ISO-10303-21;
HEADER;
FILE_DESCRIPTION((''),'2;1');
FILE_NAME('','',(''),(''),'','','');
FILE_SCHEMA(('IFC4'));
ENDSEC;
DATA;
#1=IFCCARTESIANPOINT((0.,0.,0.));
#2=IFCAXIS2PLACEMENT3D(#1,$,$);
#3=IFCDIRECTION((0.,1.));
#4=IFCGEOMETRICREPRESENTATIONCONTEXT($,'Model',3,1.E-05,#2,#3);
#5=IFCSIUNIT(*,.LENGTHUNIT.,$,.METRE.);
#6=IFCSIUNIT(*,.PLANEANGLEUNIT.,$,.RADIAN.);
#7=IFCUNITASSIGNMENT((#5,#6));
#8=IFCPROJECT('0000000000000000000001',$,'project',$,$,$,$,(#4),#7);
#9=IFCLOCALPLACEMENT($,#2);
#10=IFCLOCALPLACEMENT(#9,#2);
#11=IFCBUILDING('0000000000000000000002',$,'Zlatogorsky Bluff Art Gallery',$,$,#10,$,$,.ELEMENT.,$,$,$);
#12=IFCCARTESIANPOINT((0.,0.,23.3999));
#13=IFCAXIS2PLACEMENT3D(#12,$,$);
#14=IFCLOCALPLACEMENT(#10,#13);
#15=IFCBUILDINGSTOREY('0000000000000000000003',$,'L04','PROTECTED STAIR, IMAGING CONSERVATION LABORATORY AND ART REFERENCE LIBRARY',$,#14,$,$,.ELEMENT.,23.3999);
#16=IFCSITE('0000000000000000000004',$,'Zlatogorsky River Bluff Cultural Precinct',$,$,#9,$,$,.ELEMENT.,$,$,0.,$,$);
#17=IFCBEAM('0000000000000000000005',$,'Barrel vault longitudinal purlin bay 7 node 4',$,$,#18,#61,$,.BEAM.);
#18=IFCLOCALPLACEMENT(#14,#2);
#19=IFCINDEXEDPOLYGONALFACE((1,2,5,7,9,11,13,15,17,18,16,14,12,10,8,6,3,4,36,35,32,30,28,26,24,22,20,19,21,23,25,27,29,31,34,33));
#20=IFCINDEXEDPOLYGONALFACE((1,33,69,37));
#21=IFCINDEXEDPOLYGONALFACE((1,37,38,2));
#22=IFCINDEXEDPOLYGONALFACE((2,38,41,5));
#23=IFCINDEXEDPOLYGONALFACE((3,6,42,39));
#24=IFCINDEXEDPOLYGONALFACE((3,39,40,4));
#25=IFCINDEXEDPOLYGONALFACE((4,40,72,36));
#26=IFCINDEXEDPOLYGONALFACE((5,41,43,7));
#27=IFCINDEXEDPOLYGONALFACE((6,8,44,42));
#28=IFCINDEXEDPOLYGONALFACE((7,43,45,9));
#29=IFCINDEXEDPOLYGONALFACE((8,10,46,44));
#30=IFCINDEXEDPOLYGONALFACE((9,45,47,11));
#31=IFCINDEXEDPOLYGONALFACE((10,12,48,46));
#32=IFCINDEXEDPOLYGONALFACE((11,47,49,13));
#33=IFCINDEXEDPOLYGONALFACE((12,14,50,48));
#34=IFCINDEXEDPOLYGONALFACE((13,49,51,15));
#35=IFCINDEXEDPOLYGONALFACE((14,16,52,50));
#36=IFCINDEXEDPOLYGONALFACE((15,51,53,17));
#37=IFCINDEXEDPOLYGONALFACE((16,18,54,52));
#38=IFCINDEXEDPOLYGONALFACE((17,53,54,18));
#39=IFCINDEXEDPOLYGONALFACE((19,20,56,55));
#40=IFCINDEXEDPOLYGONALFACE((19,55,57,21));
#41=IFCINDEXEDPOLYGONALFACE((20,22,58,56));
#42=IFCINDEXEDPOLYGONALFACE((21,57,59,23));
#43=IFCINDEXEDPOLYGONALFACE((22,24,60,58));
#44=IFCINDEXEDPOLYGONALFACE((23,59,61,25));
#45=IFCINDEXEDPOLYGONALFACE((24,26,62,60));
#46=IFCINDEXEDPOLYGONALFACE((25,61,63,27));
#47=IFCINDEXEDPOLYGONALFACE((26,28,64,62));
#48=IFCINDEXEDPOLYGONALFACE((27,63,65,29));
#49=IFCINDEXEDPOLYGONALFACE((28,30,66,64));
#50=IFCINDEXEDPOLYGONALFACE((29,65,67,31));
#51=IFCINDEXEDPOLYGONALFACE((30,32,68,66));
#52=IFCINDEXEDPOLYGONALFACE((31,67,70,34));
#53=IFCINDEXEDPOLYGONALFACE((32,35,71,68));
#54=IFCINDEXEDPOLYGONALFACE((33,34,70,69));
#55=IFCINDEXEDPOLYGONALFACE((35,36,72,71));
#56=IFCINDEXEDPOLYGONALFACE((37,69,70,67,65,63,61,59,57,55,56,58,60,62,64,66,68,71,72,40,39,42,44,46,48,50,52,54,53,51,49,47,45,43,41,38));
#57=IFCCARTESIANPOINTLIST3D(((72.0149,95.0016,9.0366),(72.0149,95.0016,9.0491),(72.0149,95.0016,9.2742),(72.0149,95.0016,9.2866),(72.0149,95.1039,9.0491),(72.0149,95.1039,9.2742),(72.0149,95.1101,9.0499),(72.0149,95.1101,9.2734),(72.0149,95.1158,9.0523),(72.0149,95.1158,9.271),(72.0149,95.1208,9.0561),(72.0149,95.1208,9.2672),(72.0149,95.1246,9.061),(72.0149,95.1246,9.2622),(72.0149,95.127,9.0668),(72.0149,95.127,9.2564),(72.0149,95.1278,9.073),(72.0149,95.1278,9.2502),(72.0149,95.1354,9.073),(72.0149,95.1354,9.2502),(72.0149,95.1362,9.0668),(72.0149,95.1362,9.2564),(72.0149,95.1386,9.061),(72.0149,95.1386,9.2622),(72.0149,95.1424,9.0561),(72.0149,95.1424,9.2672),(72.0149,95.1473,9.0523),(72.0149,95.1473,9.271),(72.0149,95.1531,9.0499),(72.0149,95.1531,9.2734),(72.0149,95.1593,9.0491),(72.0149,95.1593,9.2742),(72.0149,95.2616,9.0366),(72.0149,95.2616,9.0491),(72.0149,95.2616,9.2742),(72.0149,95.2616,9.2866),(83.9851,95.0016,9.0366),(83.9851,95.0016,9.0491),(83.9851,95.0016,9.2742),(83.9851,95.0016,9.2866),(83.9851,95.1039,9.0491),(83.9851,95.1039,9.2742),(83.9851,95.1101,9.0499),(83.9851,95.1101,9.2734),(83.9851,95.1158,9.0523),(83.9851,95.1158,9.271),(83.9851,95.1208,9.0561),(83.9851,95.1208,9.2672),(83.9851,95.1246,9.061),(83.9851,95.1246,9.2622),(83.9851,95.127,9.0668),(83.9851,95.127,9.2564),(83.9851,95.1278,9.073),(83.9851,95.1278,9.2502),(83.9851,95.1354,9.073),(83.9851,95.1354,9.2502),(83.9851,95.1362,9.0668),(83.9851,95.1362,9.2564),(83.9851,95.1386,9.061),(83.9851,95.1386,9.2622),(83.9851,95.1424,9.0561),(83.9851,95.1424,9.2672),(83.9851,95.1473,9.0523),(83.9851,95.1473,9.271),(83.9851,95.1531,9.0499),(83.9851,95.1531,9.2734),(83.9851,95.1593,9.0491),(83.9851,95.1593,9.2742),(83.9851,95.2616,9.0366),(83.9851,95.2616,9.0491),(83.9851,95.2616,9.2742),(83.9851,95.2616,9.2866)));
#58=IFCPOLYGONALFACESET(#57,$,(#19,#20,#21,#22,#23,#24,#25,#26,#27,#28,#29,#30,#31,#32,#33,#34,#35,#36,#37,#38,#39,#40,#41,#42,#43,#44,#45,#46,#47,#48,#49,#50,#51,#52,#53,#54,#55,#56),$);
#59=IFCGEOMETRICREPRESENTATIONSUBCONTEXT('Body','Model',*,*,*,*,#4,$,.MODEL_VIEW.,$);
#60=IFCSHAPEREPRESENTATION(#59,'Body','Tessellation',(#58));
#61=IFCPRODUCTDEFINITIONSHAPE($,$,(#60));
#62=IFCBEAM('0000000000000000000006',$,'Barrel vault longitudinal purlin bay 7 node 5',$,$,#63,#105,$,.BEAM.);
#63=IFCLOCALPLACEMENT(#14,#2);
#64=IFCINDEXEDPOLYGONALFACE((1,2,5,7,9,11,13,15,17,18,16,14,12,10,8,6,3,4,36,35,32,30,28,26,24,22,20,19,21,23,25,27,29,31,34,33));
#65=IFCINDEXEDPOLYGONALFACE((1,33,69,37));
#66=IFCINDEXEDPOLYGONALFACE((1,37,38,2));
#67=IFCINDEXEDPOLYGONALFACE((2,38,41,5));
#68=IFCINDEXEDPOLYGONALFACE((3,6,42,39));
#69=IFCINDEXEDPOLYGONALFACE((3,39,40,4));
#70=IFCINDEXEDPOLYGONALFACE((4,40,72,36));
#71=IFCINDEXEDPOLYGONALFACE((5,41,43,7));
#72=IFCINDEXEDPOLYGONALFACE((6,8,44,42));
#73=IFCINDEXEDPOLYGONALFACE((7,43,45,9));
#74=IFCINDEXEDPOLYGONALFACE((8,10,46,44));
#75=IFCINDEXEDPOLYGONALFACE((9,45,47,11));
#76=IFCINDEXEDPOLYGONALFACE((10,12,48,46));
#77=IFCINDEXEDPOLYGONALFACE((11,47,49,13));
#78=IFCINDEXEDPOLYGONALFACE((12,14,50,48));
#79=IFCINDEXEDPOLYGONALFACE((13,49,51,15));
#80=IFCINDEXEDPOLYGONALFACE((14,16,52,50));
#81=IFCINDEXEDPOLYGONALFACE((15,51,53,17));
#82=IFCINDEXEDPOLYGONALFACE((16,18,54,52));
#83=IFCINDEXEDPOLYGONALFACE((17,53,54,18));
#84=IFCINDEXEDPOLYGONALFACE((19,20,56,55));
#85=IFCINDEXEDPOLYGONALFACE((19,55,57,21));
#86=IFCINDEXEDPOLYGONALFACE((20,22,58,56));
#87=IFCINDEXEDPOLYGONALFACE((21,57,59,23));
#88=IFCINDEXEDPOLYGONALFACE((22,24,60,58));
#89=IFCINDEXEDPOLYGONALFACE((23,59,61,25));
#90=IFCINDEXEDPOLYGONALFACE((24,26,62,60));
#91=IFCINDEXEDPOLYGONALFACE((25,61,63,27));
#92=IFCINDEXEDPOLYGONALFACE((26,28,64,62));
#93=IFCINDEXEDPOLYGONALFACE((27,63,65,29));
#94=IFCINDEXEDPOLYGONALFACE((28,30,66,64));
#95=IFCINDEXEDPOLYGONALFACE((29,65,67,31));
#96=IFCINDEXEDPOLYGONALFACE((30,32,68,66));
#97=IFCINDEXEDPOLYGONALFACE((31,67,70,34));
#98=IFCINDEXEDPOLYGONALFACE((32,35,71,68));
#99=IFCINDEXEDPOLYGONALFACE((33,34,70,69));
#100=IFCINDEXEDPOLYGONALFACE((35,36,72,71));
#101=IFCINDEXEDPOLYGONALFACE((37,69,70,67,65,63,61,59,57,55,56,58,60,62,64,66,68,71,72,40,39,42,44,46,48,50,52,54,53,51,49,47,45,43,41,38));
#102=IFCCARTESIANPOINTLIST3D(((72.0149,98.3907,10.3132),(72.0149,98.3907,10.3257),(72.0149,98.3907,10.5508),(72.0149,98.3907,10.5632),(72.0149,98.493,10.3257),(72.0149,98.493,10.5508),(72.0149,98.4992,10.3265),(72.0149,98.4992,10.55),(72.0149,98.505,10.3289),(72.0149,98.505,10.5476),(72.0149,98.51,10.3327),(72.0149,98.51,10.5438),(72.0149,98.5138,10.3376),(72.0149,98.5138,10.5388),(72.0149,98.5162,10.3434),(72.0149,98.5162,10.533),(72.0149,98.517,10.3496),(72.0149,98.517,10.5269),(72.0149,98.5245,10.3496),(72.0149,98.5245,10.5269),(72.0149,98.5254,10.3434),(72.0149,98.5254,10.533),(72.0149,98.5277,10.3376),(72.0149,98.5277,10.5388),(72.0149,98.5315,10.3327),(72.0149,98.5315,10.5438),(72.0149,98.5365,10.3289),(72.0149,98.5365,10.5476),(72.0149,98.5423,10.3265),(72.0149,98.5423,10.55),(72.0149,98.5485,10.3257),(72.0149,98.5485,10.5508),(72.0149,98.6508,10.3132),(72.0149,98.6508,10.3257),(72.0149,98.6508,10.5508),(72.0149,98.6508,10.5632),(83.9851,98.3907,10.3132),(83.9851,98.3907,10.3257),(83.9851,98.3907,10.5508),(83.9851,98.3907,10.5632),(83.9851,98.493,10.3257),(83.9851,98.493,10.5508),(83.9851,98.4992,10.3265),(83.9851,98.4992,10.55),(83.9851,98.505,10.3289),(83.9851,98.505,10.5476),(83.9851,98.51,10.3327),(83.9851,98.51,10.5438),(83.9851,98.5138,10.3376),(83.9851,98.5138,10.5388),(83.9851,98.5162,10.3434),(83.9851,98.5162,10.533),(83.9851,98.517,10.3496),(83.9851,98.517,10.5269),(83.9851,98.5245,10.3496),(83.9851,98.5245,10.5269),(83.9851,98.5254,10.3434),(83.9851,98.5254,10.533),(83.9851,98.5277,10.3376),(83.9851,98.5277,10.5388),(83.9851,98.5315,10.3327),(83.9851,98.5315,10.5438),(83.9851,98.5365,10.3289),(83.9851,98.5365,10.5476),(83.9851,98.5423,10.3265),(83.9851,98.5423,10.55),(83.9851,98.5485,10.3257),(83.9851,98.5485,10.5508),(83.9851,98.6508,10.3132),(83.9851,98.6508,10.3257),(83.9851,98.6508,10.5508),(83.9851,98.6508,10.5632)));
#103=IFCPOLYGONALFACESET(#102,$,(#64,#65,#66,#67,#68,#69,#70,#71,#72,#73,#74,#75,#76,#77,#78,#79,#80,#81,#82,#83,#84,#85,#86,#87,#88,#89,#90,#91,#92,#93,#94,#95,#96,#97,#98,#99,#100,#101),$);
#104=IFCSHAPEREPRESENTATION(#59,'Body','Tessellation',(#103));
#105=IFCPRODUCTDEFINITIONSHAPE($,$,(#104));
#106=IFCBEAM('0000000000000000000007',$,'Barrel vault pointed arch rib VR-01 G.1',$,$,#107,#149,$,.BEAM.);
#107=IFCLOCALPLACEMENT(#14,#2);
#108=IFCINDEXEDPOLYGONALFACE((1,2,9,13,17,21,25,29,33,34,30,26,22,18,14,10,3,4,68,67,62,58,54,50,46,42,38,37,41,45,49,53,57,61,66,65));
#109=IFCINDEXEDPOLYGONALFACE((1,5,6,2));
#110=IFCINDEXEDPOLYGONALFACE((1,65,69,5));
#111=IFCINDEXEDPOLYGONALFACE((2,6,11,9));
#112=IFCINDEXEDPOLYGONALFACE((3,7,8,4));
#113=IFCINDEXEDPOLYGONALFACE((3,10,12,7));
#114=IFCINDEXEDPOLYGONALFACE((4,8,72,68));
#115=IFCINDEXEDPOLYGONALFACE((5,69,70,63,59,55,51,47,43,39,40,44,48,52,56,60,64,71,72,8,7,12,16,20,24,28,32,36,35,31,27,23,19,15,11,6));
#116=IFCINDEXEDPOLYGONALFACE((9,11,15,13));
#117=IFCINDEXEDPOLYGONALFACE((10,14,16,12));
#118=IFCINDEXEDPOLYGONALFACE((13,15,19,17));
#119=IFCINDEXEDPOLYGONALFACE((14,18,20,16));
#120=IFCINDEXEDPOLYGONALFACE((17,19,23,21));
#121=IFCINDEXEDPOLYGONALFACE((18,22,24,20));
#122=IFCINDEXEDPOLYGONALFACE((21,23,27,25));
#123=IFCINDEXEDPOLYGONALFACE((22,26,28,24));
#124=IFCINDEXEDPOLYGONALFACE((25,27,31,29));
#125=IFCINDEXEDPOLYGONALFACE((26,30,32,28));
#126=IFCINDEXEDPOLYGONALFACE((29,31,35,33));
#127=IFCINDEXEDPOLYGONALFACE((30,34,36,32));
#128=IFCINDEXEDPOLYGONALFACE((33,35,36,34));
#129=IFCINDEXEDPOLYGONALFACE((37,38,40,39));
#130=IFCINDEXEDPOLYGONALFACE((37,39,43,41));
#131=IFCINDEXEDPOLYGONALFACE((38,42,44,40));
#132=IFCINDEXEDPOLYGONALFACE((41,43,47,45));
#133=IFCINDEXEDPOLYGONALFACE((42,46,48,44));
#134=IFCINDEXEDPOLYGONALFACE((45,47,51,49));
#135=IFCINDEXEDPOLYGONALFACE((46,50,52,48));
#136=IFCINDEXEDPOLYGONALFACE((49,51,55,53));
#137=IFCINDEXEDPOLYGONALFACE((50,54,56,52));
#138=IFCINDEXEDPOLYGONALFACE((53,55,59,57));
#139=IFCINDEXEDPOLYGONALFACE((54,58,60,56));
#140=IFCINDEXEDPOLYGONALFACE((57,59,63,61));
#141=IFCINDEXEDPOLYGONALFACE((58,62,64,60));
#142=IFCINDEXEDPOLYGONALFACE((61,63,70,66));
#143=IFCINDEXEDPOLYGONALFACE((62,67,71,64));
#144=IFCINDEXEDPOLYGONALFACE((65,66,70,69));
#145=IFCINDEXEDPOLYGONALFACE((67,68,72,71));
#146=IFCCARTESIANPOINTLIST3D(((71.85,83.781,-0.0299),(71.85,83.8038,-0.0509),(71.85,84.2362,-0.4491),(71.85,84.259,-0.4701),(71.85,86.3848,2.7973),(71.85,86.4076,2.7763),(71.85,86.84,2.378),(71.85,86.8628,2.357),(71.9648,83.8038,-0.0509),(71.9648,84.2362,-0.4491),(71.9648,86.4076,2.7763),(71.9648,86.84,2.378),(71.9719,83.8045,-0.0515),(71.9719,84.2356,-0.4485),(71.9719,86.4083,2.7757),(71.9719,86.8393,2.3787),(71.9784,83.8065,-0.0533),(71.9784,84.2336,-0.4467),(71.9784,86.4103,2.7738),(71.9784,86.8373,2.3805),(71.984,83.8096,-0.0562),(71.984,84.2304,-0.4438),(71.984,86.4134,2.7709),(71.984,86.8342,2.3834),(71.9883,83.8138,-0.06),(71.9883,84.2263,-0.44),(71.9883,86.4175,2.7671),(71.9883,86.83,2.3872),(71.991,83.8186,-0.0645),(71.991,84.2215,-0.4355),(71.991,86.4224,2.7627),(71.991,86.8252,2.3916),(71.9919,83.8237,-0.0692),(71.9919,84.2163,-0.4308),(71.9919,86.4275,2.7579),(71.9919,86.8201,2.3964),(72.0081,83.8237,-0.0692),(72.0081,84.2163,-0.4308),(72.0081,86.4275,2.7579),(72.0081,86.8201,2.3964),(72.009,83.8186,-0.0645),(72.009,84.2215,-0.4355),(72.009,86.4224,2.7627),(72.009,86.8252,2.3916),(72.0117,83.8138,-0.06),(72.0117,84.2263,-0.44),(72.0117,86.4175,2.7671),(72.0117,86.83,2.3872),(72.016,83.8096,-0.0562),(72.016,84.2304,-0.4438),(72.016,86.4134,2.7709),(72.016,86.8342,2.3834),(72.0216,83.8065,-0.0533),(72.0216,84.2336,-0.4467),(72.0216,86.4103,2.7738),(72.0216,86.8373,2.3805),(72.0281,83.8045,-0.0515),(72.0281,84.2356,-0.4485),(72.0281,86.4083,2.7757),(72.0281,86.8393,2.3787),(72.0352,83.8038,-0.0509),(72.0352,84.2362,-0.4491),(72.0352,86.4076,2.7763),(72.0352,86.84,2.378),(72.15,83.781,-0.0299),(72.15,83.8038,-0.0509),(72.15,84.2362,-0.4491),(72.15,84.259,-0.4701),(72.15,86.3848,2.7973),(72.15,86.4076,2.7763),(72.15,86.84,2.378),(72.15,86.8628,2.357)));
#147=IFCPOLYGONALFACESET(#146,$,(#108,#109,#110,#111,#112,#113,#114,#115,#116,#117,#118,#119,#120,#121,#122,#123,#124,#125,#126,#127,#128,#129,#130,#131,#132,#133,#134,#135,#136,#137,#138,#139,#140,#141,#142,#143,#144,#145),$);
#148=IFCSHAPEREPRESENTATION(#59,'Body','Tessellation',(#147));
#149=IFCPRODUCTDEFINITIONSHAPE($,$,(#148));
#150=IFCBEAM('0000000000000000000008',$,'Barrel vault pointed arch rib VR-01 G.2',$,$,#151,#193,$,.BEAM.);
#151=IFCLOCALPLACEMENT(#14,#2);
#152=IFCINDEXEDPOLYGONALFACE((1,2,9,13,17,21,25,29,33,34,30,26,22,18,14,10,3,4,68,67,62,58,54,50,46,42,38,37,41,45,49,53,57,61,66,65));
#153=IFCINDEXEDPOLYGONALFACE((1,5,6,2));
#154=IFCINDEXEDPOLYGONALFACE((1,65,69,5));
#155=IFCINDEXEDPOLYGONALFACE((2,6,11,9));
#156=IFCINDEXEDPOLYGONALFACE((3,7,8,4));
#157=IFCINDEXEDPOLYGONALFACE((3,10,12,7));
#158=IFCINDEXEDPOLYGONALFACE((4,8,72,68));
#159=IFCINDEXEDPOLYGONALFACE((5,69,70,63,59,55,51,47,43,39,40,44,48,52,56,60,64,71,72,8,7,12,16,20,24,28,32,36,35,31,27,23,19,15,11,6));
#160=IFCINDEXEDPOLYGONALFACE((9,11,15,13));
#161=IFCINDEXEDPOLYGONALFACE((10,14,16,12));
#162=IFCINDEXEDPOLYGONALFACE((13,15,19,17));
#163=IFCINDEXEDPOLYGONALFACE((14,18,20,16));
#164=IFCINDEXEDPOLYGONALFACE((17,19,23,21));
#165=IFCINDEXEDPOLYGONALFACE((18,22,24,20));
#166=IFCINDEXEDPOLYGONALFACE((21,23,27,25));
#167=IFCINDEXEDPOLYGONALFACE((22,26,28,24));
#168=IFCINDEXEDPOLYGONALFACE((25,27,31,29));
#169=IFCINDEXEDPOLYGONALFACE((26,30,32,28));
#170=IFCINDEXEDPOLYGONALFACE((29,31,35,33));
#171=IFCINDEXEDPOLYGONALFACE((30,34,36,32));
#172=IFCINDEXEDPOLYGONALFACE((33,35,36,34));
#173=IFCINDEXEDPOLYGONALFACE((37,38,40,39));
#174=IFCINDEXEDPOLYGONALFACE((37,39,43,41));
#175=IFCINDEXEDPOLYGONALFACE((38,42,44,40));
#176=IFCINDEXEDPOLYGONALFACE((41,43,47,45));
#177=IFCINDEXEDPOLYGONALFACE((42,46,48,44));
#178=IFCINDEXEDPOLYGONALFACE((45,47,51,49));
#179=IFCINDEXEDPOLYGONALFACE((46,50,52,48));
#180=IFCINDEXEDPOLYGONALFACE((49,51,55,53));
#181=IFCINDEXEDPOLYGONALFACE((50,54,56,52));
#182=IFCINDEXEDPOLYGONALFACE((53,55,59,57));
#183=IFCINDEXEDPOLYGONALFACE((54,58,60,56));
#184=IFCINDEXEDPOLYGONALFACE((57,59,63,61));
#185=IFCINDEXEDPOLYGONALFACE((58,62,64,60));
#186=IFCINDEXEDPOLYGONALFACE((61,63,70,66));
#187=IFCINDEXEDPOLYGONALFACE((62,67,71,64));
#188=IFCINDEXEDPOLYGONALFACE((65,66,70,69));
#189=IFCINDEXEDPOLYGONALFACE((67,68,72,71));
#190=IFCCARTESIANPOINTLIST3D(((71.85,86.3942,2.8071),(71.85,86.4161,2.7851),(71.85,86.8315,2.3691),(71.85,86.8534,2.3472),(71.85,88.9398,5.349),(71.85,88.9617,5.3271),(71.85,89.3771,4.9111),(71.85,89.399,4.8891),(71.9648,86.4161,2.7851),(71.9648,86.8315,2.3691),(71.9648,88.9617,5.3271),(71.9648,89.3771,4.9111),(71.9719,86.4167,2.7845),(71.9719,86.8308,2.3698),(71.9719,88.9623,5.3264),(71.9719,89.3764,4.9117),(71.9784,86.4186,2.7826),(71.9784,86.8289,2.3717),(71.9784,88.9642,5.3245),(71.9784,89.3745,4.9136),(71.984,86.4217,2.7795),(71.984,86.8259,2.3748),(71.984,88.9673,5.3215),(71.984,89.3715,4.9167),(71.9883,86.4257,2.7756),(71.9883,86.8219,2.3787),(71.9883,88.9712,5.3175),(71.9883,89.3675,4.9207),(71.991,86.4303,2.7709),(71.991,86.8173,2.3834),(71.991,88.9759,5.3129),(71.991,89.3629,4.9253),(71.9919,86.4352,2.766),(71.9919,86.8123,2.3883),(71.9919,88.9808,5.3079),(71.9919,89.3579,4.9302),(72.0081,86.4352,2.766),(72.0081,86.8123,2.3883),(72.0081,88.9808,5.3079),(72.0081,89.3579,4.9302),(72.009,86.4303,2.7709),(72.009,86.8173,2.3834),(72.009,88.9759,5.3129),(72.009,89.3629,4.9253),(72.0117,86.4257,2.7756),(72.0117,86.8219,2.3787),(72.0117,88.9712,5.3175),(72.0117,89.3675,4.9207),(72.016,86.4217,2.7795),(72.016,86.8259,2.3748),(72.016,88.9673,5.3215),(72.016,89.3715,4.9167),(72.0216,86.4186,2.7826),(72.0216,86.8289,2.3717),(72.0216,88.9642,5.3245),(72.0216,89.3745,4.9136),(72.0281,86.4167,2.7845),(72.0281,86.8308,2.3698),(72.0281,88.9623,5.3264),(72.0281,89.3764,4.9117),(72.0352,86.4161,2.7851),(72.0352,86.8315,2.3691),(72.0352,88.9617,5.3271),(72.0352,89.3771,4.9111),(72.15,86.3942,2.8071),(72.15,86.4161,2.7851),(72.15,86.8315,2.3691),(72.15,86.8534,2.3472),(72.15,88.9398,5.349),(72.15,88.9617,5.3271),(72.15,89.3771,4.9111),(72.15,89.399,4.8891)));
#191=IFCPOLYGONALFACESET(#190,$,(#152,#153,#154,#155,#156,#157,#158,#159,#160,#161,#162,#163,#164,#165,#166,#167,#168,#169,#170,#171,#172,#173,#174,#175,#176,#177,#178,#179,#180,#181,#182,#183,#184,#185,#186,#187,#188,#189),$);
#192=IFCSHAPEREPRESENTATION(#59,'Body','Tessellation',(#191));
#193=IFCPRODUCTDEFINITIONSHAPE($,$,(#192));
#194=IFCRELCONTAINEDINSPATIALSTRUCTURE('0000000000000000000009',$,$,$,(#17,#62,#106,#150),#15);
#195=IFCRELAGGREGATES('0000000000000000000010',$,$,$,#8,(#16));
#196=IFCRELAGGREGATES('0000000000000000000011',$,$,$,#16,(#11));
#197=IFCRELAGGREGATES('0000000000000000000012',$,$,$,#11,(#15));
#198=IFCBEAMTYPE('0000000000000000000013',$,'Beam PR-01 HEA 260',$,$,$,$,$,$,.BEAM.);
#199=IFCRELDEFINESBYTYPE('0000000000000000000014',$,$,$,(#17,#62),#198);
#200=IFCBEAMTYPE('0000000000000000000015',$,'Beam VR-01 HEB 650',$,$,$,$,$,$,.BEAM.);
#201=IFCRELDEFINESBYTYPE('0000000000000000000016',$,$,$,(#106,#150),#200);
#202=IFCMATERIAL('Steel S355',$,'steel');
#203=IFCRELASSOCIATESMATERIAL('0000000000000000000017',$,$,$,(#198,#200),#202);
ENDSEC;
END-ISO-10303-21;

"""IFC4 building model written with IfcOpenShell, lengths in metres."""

from ifc_helpers import new_model, si_unit, direction, frame, origin, origin_2d, place, context, subcontext, project, spatial, i_section, extrude, material, material_profile, profile_set, type_object, element, save


model = new_model("IFC4")

# Units and contexts
model_context = context("Model", 3, precision=1e-05, world=origin(), true_north=direction((0.0, 1.0)))
body_context = subcontext(model_context, "Body", "Model", "MODEL_VIEW")
ifc_project = project(units=[si_unit("LENGTHUNIT", "METRE"), si_unit("PLANEANGLEUNIT", "RADIAN")], contexts=[model_context])

# Site, building, storey
site_placement = place(None, origin())
site = spatial("IfcSite", under=ifc_project, at=site_placement, Name="Zlatogorsky River Bluff Cultural Precinct", CompositionType="ELEMENT", RefElevation=0.0)
building_placement = place(site_placement, origin())
building = spatial("IfcBuilding", under=site, at=building_placement, Name="Zlatogorsky Bluff Art Gallery", CompositionType="ELEMENT")
storey_placement = place(building_placement, frame((0.0, 0.0, 23.3999)))
storey = spatial("IfcBuildingStorey", under=building, at=storey_placement, Name="L04", Description="PROTECTED STAIR, IMAGING CONSERVATION LABORATORY AND ART REFERENCE LIBRARY", CompositionType="ELEMENT", Elevation=23.3999)

# Beams
ifc_material_1 = material(Name="Steel S355", Category="steel")
ifc_material_profile_1 = material_profile(ifc_material_1, i_section(OverallWidth=0.26, OverallDepth=0.25, WebThickness=0.0076, FlangeThickness=0.0125, FilletRadius=0.0239, at=origin_2d()), Name="HEA 260")
ifc_profile_set_1 = profile_set([ifc_material_profile_1], Name="Steel S355")
beam_type_1 = type_object("IfcBeamType", Name="Beam PR-01 HEA 260", PredefinedType="BEAM", material=ifc_profile_set_1)
for number, where, z_axis, x_axis, name in (
    (1, (72.0149, 95.1316, 9.1616), (1.0, 0.0, 0.0), (0.0, 1.0, 0.0), "Barrel vault longitudinal purlin bay 7 node 4"),
    (2, (72.0149, 98.5208, 10.4382), (1.0, 0.0, 0.0), (0.0, 1.0, 0.0), "Barrel vault longitudinal purlin bay 7 node 5"),
):
    element("IfcBeam", number, at=place(storey_placement, frame(where, z_axis=z_axis, x_axis=x_axis)), inside=storey, type_object=beam_type_1, Name=name, PredefinedType="BEAM", context=body_context, shape_type="SweptSolid", body=[
        extrude(i_section(OverallWidth=0.26, OverallDepth=0.25, WebThickness=0.0076, FlangeThickness=0.0125, FilletRadius=0.0239, at=origin_2d()), origin(), (0.0, 0.0, 1.0), 11.9702),
    ])
ifc_material_profile_2 = material_profile(ifc_material_1, i_section(OverallWidth=0.3, OverallDepth=0.6499, WebThickness=0.0161, FlangeThickness=0.031, FilletRadius=0.0271, at=origin_2d()), Name="HEB 650")
ifc_profile_set_2 = profile_set([ifc_material_profile_2], Name="Steel S355")
beam_type_2 = type_object("IfcBeamType", Name="Beam VR-01 HEB 650", PredefinedType="BEAM", material=ifc_profile_set_2)
beam_1_placement = place(storey_placement, frame((72.0, 84.02, -0.25), z_axis=(0.0, 0.677449, 0.73557), x_axis=(-1.0, 0.0, 0.0)))
element("IfcBeam", 3, at=beam_1_placement, inside=storey, type_object=beam_type_2, Name="Barrel vault pointed arch rib VR-01 G.1", PredefinedType="BEAM", context=body_context, shape_type="SweptSolid", body=[
    extrude(i_section(OverallWidth=0.3, OverallDepth=0.6499, WebThickness=0.0161, FlangeThickness=0.031, FilletRadius=0.0271, at=origin_2d()), origin(), (0.0, 0.0, 1.0), 3.8435),
])
beam_2_placement = place(storey_placement, frame((72.0, 86.6238, 2.5771), z_axis=(0.0, 0.707616, 0.706598), x_axis=(-1.0, 0.0, 0.0)))
element("IfcBeam", 4, at=beam_2_placement, inside=storey, type_object=beam_type_2, Name="Barrel vault pointed arch rib VR-01 G.2", PredefinedType="BEAM", context=body_context, shape_type="SweptSolid", body=[
    extrude(i_section(OverallWidth=0.3, OverallDepth=0.6499, WebThickness=0.0161, FlangeThickness=0.031, FilletRadius=0.0271, at=origin_2d()), origin(), (0.0, 0.0, 1.0), 3.5974),
])

save(model, "model.ifc")
